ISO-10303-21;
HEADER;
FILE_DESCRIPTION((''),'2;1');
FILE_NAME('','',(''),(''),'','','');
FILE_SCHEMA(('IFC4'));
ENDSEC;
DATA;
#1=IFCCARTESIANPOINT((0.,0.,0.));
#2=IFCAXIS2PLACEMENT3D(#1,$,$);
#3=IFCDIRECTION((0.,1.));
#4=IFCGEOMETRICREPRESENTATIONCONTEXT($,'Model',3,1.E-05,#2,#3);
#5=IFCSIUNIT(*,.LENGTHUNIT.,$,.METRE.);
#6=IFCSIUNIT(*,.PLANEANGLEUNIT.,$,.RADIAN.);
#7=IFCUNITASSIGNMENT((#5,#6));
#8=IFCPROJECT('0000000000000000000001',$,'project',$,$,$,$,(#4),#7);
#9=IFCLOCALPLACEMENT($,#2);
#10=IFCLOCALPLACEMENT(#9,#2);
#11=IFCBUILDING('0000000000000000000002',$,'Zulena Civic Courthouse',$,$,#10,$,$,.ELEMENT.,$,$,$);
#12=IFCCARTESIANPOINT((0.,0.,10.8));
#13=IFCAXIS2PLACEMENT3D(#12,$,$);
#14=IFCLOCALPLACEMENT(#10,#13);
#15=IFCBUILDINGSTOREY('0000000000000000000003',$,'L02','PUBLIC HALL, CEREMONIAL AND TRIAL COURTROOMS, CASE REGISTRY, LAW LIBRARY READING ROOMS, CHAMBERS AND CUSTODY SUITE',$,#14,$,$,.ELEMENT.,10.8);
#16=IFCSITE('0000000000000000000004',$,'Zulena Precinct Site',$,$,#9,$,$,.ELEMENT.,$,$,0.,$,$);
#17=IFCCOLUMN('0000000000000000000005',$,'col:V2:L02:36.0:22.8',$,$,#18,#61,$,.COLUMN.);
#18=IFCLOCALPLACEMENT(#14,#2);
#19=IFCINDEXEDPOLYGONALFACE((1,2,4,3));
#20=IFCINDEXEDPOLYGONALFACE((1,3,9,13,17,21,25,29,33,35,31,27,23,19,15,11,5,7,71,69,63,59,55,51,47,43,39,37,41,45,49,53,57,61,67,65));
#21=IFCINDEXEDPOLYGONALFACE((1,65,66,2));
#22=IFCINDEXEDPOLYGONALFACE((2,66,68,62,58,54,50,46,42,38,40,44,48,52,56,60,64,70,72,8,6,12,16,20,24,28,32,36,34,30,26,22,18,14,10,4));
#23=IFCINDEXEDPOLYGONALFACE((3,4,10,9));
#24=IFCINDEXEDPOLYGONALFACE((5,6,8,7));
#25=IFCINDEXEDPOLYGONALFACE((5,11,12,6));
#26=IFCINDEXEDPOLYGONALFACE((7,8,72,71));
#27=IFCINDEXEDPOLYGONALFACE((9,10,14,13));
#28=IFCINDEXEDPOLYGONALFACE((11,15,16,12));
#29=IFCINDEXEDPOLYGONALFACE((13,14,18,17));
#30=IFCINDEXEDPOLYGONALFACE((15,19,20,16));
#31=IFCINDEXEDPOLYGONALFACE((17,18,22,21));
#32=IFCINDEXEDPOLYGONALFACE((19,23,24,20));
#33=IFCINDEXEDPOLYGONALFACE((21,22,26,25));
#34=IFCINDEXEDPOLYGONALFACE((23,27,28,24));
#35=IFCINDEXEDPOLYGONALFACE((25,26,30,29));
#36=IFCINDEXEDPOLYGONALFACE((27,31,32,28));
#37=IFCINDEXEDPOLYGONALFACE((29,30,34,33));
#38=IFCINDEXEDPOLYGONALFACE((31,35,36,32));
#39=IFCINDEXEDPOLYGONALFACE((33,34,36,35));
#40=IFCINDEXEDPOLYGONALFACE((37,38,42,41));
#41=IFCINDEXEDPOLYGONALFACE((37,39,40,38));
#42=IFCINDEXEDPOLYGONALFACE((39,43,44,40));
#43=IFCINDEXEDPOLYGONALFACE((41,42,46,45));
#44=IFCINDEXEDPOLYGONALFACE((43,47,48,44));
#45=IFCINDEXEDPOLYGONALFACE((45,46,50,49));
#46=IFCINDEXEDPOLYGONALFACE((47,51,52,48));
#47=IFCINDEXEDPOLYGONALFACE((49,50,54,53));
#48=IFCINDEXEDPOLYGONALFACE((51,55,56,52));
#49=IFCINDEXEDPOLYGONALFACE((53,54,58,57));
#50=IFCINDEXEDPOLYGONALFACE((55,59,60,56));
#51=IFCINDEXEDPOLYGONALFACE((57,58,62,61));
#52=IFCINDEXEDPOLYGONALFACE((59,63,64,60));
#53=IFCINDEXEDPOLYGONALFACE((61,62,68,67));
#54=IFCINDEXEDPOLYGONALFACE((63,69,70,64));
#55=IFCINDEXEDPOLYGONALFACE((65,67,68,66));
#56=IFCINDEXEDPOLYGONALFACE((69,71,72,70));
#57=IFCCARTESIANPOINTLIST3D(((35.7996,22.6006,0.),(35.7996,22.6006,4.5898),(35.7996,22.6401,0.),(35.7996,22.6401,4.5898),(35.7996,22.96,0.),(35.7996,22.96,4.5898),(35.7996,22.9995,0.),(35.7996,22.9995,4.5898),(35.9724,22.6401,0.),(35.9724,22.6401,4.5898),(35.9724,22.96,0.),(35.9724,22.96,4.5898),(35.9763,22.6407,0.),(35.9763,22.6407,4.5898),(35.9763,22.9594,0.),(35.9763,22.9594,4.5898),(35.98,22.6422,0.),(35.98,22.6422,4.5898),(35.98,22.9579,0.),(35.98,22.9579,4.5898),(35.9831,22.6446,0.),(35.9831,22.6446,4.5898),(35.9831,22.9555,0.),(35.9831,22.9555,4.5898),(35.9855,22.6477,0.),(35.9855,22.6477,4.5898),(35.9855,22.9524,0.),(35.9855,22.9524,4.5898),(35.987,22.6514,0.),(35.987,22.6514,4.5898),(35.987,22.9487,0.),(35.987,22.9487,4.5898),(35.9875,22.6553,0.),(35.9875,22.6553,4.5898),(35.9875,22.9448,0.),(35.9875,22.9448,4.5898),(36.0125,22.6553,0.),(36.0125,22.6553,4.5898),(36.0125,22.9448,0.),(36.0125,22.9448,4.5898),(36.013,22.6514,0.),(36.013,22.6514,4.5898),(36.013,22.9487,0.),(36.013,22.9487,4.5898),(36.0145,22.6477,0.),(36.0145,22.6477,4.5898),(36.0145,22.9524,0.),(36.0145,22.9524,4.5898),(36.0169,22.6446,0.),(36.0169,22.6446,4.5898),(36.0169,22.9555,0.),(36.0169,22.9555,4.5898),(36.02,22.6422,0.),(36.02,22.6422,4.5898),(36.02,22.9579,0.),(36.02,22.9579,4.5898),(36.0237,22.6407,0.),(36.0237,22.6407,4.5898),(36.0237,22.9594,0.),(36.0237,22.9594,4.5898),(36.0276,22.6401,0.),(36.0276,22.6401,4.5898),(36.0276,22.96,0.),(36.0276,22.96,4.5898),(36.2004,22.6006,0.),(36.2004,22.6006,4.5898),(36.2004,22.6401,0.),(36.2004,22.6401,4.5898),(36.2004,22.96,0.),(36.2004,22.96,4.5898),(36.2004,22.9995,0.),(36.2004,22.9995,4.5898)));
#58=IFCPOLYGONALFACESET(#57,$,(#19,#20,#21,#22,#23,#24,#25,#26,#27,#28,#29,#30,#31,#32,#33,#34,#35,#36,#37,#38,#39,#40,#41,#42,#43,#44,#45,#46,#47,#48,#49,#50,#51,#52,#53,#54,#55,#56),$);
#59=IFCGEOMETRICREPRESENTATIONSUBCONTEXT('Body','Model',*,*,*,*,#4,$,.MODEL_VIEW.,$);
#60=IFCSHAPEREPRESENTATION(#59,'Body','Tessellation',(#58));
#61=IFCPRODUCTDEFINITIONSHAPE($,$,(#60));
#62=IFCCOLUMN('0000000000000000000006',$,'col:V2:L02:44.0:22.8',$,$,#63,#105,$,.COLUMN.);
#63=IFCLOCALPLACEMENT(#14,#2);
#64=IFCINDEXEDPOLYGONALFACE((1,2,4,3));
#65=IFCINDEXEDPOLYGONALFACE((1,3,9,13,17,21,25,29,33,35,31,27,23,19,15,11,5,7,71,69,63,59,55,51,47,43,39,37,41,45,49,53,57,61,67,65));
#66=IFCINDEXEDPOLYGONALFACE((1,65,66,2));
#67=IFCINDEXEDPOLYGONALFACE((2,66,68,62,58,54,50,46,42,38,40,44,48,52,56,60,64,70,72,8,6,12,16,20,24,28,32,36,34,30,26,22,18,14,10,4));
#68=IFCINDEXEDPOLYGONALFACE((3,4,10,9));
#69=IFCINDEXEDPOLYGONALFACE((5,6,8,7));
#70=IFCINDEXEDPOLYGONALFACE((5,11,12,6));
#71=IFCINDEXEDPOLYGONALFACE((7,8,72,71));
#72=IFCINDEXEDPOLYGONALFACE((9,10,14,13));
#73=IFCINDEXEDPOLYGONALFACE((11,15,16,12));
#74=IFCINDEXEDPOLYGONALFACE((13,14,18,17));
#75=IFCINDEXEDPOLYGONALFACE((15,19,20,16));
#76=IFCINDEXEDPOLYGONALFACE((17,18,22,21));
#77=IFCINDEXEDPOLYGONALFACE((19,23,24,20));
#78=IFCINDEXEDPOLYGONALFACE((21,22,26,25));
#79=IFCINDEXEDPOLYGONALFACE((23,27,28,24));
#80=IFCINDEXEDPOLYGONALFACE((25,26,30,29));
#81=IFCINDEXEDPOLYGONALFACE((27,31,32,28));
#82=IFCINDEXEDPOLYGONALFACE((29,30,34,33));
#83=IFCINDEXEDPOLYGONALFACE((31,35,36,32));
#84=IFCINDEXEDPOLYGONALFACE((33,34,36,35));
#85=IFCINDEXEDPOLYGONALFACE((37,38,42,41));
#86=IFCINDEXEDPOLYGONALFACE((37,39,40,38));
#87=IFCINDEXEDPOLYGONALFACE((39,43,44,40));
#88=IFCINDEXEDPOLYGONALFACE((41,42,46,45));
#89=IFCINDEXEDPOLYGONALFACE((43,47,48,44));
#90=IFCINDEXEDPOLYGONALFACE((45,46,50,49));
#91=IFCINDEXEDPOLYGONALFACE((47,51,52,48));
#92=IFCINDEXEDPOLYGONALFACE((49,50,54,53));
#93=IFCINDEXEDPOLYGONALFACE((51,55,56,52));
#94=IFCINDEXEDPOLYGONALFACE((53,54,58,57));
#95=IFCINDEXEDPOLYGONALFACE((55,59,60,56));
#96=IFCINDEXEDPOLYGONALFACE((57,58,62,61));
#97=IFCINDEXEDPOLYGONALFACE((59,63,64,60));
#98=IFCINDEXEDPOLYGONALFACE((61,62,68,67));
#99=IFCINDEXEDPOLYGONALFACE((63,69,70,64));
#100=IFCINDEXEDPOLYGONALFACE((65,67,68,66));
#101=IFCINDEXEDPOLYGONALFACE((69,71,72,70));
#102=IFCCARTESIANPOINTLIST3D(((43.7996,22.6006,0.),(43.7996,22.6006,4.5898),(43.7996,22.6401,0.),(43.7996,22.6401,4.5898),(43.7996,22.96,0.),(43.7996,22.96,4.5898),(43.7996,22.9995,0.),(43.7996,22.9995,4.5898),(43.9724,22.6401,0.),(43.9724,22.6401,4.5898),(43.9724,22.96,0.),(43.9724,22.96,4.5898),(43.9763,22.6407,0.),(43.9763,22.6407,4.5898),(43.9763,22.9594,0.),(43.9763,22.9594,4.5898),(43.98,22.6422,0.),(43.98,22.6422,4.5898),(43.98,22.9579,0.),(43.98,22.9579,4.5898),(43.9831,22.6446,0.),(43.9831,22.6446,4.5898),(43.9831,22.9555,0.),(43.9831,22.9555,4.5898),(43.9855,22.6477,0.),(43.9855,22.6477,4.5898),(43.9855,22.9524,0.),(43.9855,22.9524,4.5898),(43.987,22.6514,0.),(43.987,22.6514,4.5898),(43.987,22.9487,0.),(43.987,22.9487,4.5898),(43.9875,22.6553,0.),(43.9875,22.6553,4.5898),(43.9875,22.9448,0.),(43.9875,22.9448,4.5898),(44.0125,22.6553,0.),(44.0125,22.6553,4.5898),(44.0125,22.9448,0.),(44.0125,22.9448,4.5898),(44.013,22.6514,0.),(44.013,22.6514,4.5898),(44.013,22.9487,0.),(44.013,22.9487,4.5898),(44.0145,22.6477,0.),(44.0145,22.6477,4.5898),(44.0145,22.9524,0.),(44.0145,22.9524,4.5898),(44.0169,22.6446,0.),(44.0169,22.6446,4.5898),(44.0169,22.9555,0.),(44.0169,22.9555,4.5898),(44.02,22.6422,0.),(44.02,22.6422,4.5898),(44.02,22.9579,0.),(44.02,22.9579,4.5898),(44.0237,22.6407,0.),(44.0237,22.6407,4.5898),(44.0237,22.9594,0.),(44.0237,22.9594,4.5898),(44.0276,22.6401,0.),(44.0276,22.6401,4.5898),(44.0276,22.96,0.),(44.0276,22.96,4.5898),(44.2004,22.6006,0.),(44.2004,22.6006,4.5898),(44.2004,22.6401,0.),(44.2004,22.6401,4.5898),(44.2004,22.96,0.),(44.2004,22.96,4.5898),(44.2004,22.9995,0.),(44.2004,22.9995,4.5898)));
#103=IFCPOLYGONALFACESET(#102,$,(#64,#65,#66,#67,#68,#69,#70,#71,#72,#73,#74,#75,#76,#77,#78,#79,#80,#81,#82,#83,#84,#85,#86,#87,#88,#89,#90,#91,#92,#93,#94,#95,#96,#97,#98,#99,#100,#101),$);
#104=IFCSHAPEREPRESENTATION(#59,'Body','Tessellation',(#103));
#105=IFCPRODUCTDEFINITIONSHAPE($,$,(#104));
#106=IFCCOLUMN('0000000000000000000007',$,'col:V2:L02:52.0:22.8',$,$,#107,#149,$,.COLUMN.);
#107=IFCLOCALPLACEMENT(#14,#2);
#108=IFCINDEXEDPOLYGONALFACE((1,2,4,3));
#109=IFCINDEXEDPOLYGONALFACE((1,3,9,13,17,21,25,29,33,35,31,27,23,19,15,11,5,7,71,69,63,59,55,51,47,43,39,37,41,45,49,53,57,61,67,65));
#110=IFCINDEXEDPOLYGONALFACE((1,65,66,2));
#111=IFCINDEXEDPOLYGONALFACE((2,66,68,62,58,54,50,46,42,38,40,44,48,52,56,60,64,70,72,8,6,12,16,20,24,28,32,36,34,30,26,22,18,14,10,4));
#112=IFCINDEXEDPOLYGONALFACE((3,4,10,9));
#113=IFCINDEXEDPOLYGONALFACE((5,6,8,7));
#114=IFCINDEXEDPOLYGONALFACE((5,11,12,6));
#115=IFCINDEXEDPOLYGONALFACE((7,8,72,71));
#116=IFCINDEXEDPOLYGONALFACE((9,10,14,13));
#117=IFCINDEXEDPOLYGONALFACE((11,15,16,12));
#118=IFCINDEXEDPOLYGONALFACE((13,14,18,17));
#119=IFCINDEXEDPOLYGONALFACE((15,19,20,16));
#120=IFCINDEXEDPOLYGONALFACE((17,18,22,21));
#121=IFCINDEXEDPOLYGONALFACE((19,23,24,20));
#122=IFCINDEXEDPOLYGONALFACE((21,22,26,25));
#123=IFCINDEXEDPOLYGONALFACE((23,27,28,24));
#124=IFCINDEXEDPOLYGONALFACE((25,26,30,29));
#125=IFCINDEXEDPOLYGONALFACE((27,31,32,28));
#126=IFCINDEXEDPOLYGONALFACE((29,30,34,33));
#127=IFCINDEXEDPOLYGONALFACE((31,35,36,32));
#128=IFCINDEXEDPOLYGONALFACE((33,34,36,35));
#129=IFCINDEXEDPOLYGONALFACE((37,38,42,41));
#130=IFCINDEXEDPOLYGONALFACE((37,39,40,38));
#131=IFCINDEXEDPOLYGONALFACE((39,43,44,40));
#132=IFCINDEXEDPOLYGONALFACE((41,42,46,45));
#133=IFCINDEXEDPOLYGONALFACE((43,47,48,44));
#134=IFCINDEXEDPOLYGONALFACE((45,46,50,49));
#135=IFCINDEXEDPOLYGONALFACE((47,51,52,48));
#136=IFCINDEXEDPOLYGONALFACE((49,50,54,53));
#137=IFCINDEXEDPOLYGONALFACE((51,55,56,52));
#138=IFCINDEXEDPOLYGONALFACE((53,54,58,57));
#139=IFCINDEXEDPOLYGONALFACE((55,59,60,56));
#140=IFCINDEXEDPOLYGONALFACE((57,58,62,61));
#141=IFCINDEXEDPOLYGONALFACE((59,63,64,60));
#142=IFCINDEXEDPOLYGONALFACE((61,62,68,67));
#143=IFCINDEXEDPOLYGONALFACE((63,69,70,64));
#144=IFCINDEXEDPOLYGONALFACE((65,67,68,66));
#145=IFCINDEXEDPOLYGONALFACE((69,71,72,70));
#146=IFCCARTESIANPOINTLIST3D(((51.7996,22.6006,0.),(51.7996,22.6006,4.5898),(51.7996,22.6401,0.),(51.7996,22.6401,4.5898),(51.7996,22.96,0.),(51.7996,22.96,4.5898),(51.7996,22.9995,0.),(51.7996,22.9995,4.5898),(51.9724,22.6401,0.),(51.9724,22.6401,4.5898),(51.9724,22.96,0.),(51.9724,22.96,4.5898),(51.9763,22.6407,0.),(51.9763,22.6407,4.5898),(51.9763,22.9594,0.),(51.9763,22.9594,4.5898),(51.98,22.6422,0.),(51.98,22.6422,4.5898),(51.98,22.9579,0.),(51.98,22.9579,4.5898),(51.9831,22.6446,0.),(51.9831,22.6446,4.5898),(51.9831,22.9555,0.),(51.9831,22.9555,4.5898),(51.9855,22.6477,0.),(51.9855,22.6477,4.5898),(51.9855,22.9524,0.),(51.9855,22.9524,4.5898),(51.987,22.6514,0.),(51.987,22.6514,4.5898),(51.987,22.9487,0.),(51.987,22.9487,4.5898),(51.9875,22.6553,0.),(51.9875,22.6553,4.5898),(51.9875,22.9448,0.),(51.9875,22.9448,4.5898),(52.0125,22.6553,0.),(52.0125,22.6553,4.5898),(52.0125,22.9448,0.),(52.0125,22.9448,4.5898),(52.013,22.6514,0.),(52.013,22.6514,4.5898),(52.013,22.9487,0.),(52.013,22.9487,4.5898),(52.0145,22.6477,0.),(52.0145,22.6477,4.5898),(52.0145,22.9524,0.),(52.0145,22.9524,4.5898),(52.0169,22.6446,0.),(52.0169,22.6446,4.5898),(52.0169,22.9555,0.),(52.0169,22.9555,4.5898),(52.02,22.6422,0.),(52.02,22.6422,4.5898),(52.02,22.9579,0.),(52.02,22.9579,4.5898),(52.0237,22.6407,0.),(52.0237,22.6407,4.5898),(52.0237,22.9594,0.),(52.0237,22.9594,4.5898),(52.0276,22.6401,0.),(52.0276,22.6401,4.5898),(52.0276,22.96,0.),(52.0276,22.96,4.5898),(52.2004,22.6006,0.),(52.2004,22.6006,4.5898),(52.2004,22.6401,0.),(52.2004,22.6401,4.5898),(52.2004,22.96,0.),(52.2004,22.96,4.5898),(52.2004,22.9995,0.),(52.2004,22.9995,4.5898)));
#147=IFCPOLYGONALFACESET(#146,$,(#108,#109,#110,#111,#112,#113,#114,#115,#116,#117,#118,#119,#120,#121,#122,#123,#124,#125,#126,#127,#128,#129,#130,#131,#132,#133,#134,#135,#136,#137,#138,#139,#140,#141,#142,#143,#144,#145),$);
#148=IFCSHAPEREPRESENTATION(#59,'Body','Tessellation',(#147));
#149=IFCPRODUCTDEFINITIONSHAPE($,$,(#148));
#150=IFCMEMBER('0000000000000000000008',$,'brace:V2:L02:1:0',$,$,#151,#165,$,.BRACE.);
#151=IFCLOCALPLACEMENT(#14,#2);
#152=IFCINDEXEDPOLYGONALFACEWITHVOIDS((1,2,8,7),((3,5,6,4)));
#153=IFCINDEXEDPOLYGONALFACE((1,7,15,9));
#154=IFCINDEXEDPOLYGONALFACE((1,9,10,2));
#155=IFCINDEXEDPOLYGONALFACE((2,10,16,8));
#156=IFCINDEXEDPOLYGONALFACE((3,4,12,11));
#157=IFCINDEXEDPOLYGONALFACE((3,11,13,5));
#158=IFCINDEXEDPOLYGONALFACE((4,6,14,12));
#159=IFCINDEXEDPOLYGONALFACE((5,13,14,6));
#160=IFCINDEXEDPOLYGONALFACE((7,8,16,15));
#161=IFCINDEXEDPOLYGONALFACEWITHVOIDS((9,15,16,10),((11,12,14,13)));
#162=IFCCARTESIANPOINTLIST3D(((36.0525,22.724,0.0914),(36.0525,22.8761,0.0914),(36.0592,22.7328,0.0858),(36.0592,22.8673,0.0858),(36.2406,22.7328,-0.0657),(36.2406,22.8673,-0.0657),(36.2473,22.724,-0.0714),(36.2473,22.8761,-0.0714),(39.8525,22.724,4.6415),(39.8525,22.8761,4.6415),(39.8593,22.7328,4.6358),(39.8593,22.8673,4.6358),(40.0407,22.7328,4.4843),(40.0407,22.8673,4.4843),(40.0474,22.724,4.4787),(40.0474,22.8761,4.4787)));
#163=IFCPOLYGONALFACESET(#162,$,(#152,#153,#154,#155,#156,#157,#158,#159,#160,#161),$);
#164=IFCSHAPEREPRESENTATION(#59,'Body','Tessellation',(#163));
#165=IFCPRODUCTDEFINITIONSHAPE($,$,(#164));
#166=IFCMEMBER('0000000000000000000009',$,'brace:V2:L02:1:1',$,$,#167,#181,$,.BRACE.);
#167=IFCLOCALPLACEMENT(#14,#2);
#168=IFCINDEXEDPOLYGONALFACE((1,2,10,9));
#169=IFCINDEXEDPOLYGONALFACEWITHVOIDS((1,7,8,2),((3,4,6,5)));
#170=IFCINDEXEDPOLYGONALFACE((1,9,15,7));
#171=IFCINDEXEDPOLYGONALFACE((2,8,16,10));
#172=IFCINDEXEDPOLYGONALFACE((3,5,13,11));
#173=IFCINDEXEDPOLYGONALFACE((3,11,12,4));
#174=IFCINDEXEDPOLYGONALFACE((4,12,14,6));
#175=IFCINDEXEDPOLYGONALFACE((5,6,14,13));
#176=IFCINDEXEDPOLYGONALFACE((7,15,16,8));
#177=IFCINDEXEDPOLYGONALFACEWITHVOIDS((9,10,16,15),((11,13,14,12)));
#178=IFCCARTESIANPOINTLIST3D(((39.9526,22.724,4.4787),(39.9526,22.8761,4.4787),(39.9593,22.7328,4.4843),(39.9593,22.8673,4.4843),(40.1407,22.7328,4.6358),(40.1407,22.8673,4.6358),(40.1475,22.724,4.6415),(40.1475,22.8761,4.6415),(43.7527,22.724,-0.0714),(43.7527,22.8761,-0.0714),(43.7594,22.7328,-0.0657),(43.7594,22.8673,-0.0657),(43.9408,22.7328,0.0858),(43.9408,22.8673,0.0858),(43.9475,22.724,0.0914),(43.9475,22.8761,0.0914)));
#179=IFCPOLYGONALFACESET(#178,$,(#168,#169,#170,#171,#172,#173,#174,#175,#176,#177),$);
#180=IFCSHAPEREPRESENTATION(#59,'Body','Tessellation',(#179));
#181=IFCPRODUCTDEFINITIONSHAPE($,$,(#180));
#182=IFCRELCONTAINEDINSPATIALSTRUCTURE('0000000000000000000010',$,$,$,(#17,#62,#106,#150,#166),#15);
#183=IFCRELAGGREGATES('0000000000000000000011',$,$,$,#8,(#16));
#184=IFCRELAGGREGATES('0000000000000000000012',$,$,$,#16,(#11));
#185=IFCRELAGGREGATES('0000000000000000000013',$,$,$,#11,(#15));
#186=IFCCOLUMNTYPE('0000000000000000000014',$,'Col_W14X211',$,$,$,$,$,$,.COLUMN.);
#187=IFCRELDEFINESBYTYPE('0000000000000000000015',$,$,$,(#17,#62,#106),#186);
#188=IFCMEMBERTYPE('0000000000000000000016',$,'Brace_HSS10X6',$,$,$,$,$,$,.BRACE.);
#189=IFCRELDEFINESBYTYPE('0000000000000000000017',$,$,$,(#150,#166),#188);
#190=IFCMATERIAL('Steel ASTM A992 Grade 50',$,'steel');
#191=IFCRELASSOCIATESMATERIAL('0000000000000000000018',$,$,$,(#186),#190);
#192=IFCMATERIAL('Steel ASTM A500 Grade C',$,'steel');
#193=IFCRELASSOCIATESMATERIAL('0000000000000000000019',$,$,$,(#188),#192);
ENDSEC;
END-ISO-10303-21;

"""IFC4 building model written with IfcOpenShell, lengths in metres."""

from ifc_helpers import new_model, si_unit, direction, frame, origin, origin_2d, place, context, subcontext, project, spatial, hollow_rectangle, i_section, extrude, material, material_profile, profile_set, type_object, element, save


model = new_model("IFC4")

# Units and contexts
model_context = context("Model", 3, precision=1e-05, world=origin(), true_north=direction((0.0, 1.0)))
body_context = subcontext(model_context, "Body", "Model", "MODEL_VIEW")
ifc_project = project(units=[si_unit("LENGTHUNIT", "METRE"), si_unit("PLANEANGLEUNIT", "RADIAN")], contexts=[model_context])

# Site, building, storey
site_placement = place(None, origin())
site = spatial("IfcSite", under=ifc_project, at=site_placement, Name="Zulena Precinct Site", CompositionType="ELEMENT", RefElevation=0.0)
building_placement = place(site_placement, origin())
building = spatial("IfcBuilding", under=site, at=building_placement, Name="Zulena Civic Courthouse", CompositionType="ELEMENT")
storey_placement = place(building_placement, frame((0.0, 0.0, 10.8)))
storey = spatial("IfcBuildingStorey", under=building, at=storey_placement, Name="L02", Description="PUBLIC HALL, CEREMONIAL AND TRIAL COURTROOMS, CASE REGISTRY, LAW LIBRARY READING ROOMS, CHAMBERS AND CUSTODY SUITE", CompositionType="ELEMENT", Elevation=10.8)

# Columns
ifc_material_1 = material(Name="Steel ASTM A992 Grade 50", Category="steel")
ifc_material_profile_1 = material_profile(ifc_material_1, i_section(OverallWidth=0.4009, OverallDepth=0.3989, WebThickness=0.0249, FlangeThickness=0.0396, FilletRadius=0.0151, at=origin_2d()), Name="W14X211")
ifc_profile_set_1 = profile_set([ifc_material_profile_1], Name="Steel ASTM A992 Grade 50")
column_type_1 = type_object("IfcColumnType", Name="Col_W14X211", PredefinedType="COLUMN", material=ifc_profile_set_1)
for number, where, z_axis, x_axis, name in (
    (1, (36.0, 22.8, 0.0), (0.0, 0.0, 1.0), (1.0, 0.0, 0.0), "col:V2:L02:36.0:22.8"),
    (2, (44.0, 22.8, 0.0), (0.0, 0.0, 1.0), (1.0, 0.0, 0.0), "col:V2:L02:44.0:22.8"),
    (3, (52.0, 22.8, 0.0), (0.0, 0.0, 1.0), (1.0, 0.0, 0.0), "col:V2:L02:52.0:22.8"),
):
    element("IfcColumn", number, at=place(storey_placement, frame(where, z_axis=z_axis, x_axis=x_axis)), inside=storey, type_object=column_type_1, Name=name, PredefinedType="COLUMN", context=body_context, shape_type="SweptSolid", body=[
        extrude(i_section(OverallWidth=0.4009, OverallDepth=0.3989, WebThickness=0.0249, FlangeThickness=0.0396, FilletRadius=0.0151, at=origin_2d()), origin(), (0.0, 0.0, 1.0), 4.5898),
    ])

# Members
ifc_material_2 = material(Name="Steel ASTM A500 Grade C", Category="steel")
ifc_material_profile_2 = material_profile(ifc_material_2, hollow_rectangle(XDim=0.1521, YDim=0.2539, WallThickness=0.0088, at=origin_2d()), Name="HSS10X6X3/8")
ifc_profile_set_2 = profile_set([ifc_material_profile_2], Name="Steel ASTM A500 Grade C")
member_type = type_object("IfcMemberType", Name="Brace_HSS10X6", PredefinedType="BRACE", material=ifc_profile_set_2)
for number, where, z_axis, x_axis, name in (
    (4, (36.1499, 22.8, 0.01), (0.641014, 0.0, 0.767529), (0.0, 1.0, 0.0), "brace:V2:L02:1:0"),
    (5, (43.8501, 22.8, 0.01), (-0.641014, 0.0, 0.767529), (0.0, -1.0, 0.0), "brace:V2:L02:1:1"),
):
    element("IfcMember", number, at=place(storey_placement, frame(where, z_axis=z_axis, x_axis=x_axis)), inside=storey, type_object=member_type, Name=name, PredefinedType="BRACE", context=body_context, shape_type="SweptSolid", body=[
        extrude(hollow_rectangle(XDim=0.1521, YDim=0.2539, WallThickness=0.0088, at=origin_2d()), origin(), (0.0, 0.0, 1.0), 5.9282),
    ])

save(model, "model.ifc")
